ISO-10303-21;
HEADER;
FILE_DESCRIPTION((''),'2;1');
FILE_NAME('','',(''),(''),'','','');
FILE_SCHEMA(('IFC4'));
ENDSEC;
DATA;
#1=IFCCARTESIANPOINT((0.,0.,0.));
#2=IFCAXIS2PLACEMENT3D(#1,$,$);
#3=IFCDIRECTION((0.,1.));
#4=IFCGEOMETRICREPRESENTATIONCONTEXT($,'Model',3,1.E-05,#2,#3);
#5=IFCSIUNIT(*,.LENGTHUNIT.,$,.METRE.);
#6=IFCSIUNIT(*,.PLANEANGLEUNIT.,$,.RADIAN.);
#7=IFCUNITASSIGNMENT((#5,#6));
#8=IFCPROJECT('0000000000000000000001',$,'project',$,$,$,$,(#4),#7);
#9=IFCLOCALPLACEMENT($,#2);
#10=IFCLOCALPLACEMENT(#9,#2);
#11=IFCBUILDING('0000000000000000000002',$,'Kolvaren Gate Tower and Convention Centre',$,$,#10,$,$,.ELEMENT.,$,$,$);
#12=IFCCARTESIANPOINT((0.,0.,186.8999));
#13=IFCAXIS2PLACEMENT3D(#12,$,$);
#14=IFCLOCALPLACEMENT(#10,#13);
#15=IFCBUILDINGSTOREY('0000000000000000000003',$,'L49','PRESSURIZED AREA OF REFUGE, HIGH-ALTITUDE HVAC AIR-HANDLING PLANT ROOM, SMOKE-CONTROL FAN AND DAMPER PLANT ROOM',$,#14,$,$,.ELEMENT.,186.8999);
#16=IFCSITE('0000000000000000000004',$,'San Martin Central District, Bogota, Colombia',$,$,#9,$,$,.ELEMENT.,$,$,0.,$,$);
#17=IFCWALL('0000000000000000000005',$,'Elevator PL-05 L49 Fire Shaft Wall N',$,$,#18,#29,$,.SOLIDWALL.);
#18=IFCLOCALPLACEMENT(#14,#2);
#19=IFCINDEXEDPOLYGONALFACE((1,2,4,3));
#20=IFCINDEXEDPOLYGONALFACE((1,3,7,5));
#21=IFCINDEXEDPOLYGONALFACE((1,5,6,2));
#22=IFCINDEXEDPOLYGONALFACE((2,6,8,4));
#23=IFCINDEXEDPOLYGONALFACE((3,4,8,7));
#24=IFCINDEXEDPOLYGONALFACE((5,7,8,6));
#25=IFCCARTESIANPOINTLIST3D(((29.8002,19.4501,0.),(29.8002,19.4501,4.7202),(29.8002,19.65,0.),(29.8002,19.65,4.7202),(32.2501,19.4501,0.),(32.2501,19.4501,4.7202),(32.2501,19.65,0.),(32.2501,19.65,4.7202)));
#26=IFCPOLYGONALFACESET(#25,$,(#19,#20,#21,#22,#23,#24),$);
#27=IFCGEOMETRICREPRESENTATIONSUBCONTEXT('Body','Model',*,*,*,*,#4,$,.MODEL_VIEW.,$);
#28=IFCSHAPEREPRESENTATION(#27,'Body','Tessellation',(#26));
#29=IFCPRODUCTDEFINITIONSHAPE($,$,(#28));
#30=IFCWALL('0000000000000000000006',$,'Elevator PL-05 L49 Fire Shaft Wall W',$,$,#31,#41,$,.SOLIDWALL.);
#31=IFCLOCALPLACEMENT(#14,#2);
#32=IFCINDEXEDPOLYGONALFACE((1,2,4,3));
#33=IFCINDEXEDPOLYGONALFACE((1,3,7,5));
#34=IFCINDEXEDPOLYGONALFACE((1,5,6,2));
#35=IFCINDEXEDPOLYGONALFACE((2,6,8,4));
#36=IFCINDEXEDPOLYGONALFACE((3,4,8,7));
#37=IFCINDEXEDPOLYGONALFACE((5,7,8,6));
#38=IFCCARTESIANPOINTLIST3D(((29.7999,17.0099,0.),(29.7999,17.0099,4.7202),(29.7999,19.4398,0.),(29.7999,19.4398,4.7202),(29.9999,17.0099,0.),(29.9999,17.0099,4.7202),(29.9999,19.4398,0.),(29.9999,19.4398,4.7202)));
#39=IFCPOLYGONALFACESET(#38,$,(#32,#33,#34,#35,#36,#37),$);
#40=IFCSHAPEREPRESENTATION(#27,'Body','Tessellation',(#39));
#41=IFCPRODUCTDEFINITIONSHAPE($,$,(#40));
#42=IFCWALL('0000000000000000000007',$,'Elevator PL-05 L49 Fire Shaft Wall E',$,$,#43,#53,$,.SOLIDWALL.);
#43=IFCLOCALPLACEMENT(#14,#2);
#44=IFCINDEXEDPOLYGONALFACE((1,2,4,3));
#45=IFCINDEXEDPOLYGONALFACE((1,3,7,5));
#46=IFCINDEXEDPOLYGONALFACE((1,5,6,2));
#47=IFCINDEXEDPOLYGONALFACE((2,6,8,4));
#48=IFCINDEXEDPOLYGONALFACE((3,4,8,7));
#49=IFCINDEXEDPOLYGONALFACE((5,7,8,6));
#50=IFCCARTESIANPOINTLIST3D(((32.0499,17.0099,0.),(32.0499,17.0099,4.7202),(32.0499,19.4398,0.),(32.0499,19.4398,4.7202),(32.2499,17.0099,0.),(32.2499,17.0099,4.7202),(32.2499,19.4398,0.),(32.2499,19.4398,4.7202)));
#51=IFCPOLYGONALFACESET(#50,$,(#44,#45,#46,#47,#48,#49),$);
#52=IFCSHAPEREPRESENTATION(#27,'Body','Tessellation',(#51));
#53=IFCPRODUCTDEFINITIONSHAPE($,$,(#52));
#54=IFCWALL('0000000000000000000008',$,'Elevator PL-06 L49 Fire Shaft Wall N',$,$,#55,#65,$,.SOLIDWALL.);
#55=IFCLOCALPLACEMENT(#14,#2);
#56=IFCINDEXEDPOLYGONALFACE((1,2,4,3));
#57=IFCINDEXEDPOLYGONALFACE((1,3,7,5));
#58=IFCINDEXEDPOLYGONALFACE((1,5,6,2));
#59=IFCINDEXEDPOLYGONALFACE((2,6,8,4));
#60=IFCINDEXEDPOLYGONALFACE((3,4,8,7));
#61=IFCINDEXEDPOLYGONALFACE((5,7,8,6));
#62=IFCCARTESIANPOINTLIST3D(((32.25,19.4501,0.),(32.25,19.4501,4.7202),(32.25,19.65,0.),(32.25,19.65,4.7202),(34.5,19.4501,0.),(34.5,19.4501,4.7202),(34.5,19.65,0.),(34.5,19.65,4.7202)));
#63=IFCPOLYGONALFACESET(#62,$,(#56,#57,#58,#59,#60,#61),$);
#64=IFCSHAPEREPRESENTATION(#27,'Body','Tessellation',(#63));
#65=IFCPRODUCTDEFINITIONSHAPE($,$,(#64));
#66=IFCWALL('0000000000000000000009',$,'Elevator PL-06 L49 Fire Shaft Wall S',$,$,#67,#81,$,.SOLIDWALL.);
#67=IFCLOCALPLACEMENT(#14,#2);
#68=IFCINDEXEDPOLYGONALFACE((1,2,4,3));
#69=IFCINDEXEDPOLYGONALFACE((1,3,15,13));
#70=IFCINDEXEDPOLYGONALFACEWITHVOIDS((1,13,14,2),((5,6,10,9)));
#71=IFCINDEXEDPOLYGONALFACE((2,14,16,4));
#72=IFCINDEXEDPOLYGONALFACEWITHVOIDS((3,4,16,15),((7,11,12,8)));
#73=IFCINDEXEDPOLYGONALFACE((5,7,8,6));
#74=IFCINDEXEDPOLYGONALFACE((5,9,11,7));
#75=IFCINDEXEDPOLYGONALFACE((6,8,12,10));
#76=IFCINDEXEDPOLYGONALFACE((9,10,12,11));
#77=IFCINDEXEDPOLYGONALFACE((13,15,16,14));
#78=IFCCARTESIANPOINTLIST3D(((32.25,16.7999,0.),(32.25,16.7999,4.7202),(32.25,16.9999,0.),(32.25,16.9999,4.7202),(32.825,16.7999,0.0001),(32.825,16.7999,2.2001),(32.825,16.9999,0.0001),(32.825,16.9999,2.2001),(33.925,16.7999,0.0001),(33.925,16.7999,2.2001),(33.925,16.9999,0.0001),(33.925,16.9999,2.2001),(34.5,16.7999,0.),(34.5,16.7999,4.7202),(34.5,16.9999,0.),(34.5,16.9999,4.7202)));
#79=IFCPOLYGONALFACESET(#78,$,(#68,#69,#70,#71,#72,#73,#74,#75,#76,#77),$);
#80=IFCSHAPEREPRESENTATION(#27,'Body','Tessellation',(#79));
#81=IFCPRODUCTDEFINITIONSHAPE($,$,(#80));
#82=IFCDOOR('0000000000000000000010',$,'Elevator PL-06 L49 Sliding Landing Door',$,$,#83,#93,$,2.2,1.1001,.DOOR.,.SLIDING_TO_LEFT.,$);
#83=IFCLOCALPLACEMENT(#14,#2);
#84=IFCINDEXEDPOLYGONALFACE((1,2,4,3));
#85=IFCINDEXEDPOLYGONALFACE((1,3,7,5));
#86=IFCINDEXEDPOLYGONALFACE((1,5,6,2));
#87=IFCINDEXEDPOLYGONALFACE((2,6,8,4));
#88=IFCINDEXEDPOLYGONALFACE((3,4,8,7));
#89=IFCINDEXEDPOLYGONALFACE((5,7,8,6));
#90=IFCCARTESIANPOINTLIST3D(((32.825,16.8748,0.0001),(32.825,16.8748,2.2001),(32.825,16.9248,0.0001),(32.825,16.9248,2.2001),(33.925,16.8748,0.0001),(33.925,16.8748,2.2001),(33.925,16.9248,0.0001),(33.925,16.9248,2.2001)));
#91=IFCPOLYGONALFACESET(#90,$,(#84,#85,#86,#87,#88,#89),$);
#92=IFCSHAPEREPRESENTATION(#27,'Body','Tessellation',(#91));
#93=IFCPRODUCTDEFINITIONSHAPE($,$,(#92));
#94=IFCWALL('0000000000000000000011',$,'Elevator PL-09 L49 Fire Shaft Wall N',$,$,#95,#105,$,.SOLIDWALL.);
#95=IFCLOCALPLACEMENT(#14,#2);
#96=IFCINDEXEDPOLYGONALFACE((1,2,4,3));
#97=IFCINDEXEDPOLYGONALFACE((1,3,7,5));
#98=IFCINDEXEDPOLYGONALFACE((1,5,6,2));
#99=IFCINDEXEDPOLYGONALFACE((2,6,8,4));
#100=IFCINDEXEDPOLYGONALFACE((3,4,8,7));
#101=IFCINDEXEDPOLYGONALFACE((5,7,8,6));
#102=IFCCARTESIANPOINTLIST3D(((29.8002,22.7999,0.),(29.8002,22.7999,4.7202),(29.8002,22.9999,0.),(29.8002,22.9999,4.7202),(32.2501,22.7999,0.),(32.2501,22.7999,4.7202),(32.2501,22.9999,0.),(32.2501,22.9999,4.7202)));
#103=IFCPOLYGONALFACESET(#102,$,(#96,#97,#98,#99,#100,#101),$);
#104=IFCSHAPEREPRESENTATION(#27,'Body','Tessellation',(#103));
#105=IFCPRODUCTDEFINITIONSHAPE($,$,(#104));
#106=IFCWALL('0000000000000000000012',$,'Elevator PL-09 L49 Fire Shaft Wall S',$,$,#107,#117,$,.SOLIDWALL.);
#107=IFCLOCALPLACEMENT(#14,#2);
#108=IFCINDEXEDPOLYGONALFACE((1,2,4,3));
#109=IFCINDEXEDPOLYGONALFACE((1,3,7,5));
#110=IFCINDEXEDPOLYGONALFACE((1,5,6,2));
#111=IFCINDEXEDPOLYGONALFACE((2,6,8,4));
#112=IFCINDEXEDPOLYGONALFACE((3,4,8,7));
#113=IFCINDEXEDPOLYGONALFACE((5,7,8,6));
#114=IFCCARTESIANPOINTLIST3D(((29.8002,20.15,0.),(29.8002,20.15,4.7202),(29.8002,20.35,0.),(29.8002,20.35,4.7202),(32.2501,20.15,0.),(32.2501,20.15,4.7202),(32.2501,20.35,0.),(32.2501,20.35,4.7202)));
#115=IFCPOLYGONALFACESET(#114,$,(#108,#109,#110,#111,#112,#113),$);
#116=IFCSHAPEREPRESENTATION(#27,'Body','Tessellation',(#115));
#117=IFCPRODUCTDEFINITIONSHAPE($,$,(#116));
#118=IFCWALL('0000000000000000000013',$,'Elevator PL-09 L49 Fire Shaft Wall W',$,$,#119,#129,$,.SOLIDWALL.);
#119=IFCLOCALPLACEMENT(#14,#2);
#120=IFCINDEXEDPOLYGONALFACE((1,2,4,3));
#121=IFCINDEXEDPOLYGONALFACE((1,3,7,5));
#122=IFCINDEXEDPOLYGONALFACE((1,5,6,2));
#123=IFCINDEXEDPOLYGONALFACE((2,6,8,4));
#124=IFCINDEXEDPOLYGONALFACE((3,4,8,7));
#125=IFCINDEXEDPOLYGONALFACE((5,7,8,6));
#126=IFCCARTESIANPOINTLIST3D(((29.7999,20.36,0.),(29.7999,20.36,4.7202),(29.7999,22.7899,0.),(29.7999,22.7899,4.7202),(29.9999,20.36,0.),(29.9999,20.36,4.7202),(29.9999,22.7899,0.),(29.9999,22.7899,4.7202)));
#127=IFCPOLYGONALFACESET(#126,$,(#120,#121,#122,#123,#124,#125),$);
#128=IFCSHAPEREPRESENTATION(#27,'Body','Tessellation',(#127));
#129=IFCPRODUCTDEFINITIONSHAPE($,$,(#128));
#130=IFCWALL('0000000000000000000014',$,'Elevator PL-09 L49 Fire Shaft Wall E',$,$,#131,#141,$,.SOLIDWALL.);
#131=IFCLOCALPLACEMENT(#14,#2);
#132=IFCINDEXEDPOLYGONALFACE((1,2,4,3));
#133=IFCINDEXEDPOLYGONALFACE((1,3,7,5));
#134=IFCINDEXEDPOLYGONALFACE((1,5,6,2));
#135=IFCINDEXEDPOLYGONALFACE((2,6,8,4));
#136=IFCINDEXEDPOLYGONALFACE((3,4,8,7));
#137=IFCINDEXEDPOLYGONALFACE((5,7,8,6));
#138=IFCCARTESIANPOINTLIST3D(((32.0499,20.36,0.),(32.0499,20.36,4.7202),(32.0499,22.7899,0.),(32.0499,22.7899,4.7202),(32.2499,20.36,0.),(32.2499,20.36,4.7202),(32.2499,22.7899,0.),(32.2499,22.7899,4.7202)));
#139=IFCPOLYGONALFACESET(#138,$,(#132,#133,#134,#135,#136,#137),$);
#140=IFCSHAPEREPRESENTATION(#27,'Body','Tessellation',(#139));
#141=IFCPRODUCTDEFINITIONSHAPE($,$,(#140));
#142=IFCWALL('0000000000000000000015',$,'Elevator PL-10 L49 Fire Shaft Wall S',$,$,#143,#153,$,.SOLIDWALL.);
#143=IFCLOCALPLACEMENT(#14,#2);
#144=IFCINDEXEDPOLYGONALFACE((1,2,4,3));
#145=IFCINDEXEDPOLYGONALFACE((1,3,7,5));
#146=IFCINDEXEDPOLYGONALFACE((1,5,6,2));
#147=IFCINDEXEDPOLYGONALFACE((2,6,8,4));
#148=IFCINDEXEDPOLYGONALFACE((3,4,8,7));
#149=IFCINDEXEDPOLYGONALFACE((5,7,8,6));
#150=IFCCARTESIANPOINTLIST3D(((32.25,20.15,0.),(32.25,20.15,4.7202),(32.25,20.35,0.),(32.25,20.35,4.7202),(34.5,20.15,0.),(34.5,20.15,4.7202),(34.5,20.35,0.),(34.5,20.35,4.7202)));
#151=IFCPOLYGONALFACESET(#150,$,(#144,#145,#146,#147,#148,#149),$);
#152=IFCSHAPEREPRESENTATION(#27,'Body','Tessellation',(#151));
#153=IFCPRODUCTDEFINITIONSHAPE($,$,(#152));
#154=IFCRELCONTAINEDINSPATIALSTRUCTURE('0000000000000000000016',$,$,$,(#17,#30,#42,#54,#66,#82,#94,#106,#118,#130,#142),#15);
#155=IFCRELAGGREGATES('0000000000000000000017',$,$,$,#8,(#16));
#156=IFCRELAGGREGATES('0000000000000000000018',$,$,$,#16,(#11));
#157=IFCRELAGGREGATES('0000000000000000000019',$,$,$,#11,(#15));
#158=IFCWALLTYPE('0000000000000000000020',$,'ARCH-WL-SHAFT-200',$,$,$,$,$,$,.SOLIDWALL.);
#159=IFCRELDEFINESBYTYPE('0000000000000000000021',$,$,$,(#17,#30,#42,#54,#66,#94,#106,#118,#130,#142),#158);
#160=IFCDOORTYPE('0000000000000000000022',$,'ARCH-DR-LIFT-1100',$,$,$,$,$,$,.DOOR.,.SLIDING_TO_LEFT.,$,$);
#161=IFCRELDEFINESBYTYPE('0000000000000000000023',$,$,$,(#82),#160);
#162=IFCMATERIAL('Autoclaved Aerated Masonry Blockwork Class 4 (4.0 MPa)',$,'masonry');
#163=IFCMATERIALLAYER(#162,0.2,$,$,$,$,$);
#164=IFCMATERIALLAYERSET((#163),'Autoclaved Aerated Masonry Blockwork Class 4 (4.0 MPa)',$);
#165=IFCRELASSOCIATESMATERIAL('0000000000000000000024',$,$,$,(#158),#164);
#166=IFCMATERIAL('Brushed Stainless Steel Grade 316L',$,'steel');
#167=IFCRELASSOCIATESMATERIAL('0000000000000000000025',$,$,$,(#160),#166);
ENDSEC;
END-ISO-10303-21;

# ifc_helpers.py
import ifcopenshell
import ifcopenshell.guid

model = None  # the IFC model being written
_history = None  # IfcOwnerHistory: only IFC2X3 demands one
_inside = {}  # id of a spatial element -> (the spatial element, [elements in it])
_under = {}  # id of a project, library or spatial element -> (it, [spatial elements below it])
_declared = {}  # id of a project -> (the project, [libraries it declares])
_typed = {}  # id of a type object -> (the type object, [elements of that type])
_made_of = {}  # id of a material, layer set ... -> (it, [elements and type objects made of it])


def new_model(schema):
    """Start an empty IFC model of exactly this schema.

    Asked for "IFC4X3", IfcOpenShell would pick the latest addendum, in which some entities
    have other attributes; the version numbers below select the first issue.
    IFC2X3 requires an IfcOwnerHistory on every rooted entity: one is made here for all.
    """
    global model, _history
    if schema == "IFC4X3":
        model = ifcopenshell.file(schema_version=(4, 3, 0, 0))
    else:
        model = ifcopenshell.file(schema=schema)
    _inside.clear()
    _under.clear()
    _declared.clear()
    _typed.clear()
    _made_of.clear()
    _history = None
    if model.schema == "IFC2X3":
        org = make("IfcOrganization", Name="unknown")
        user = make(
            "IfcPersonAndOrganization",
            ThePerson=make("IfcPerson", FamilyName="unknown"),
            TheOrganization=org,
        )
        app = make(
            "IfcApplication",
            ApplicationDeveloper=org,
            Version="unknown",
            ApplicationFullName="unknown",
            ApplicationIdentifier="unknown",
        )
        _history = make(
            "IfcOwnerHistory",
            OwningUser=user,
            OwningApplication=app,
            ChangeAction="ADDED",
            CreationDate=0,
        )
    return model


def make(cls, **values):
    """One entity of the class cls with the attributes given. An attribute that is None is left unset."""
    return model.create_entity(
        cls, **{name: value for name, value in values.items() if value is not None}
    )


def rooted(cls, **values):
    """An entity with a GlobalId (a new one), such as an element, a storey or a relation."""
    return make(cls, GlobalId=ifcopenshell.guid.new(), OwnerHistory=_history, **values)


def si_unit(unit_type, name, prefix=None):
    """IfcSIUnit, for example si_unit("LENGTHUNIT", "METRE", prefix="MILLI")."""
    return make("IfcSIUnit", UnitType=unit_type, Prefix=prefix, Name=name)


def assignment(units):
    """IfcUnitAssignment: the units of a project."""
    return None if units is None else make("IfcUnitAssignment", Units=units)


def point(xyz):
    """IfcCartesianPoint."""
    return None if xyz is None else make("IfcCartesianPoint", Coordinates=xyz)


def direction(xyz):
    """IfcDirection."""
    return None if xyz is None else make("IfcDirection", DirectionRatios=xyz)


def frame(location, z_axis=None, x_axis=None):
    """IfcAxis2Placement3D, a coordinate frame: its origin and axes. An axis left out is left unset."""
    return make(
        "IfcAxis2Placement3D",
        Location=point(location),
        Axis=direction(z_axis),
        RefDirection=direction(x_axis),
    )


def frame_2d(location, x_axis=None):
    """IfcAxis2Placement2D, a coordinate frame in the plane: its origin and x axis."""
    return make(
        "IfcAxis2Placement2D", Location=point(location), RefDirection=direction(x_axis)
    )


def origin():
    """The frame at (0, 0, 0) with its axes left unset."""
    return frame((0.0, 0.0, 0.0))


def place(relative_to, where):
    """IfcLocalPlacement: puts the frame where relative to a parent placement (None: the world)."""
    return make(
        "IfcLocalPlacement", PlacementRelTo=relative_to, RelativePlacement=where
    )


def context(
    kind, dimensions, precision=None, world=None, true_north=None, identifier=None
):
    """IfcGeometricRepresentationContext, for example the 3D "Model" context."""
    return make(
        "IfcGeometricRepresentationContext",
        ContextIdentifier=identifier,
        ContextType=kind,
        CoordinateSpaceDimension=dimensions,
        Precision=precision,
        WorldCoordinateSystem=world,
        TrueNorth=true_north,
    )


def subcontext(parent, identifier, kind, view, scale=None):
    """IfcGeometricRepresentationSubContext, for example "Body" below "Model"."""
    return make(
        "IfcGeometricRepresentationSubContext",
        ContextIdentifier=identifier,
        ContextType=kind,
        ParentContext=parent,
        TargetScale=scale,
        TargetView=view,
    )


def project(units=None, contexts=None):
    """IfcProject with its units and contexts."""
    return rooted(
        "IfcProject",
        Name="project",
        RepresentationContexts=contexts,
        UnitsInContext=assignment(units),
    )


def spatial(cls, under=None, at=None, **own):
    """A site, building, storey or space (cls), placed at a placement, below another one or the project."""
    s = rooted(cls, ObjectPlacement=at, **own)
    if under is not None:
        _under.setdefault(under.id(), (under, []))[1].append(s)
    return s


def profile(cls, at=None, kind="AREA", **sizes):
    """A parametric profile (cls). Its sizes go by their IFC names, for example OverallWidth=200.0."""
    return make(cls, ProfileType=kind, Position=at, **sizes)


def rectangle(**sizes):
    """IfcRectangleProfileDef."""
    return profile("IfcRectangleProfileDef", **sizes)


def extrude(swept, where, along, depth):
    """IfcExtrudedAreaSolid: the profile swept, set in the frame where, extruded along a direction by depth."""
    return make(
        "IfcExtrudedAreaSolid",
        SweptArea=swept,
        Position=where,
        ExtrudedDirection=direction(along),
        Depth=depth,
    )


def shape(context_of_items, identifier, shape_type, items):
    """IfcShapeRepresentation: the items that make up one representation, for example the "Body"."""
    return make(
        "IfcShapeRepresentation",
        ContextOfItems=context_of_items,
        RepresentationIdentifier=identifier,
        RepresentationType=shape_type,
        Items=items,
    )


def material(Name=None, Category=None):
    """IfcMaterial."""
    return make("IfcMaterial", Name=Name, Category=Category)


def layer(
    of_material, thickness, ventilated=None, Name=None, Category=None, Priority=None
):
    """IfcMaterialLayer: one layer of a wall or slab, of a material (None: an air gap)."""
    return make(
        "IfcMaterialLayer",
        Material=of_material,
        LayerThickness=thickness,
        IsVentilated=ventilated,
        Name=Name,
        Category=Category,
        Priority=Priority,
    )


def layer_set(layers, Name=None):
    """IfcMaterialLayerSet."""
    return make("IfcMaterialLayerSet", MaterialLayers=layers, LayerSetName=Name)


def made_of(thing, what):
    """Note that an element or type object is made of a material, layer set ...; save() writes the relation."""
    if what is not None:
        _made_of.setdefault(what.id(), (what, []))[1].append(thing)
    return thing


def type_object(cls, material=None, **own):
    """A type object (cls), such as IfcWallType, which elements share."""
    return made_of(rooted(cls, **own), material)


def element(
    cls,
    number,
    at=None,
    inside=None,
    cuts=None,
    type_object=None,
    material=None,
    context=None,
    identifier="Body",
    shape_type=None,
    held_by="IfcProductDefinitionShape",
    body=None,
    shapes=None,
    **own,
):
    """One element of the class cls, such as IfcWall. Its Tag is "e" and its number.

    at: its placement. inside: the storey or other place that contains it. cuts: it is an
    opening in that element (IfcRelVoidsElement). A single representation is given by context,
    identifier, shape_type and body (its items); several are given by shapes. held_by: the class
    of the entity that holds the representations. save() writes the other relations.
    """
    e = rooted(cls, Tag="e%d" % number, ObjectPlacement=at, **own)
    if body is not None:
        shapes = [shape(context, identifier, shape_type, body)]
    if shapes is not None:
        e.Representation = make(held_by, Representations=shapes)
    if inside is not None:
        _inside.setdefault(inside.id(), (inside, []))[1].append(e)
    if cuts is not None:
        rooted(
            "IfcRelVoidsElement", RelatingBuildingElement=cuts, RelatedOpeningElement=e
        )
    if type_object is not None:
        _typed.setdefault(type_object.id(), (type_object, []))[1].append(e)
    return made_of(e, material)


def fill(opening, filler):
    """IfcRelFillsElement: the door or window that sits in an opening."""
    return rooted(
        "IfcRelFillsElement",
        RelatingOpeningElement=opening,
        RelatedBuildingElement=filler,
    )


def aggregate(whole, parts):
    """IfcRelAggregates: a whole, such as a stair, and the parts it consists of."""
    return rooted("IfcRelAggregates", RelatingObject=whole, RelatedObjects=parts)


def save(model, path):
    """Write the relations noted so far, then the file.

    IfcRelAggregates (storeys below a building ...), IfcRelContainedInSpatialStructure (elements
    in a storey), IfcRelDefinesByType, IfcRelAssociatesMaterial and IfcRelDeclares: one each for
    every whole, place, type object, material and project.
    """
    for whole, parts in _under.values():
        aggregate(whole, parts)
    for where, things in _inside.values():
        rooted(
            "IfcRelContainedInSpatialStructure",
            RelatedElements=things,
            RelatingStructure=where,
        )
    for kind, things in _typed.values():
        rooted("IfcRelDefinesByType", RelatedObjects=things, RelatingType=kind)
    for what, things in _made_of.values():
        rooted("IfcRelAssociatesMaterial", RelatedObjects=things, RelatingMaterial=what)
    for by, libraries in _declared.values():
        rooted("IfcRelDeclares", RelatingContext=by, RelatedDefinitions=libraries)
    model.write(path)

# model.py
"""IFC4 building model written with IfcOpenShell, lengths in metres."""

from ifc_helpers import new_model, si_unit, direction, frame, frame_2d, origin, place, context, subcontext, project, spatial, rectangle, extrude, material, layer, layer_set, type_object, element, fill, save


model = new_model("IFC4")

# Units and contexts
model_context = context("Model", 3, precision=1e-05, world=origin(), true_north=direction((0.0, 1.0)))
body_context = subcontext(model_context, "Body", "Model", "MODEL_VIEW")
ifc_project = project(units=[si_unit("LENGTHUNIT", "METRE"), si_unit("PLANEANGLEUNIT", "RADIAN")], contexts=[model_context])

# Site, building, storey
site_placement = place(None, origin())
site = spatial("IfcSite", under=ifc_project, at=site_placement, Name="San Martin Central District, Bogota, Colombia", CompositionType="ELEMENT", RefElevation=0.0)
building_placement = place(site_placement, origin())
building = spatial("IfcBuilding", under=site, at=building_placement, Name="Kolvaren Gate Tower and Convention Centre", CompositionType="ELEMENT")
storey_placement = place(building_placement, frame((0.0, 0.0, 186.8999)))
storey = spatial("IfcBuildingStorey", under=building, at=storey_placement, Name="L49", Description="PRESSURIZED AREA OF REFUGE, HIGH-ALTITUDE HVAC AIR-HANDLING PLANT ROOM, SMOKE-CONTROL FAN AND DAMPER PLANT ROOM", CompositionType="ELEMENT", Elevation=186.8999)

# Walls
ifc_material_1 = material(Name="Autoclaved Aerated Masonry Blockwork Class 4 (4.0 MPa)", Category="masonry")
ifc_layer = layer(ifc_material_1, 0.2)
ifc_layer_set = layer_set([ifc_layer], Name="Autoclaved Aerated Masonry Blockwork Class 4 (4.0 MPa)")
wall_type = type_object("IfcWallType", Name="ARCH-WL-SHAFT-200", PredefinedType="SOLIDWALL", material=ifc_layer_set)
wall_1_placement = place(storey_placement, frame((29.8, 19.55, 0.0), z_axis=(0.0, 0.0, 1.0), x_axis=(1.0, 0.0, 0.0)))
element("IfcWall", 1, at=wall_1_placement, inside=storey, type_object=wall_type, Name="Elevator PL-05 L49 Fire Shaft Wall N", PredefinedType="SOLIDWALL", context=body_context, shape_type="SweptSolid", body=[
    extrude(rectangle(XDim=2.45, YDim=0.2, at=frame_2d((1.2251, 0.0))), origin(), (0.0, 0.0, 1.0), 4.7202),
])
for number, where, z_axis, x_axis, name in (
    (2, (29.8999, 17.01, 0.0), (0.0, 0.0, 1.0), (0.0, 1.0, 0.0), "Elevator PL-05 L49 Fire Shaft Wall W"),
    (3, (32.1499, 17.01, 0.0), (0.0, 0.0, 1.0), (0.0, 1.0, 0.0), "Elevator PL-05 L49 Fire Shaft Wall E"),
):
    element("IfcWall", number, at=place(storey_placement, frame(where, z_axis=z_axis, x_axis=x_axis)), inside=storey, type_object=wall_type, Name=name, PredefinedType="SOLIDWALL", context=body_context, shape_type="SweptSolid", body=[
        extrude(rectangle(XDim=2.4299, YDim=0.2, at=frame_2d((1.2148, 0.0))), origin(), (0.0, 0.0, 1.0), 4.7202),
    ])
wall_2_placement = place(storey_placement, frame((32.25, 19.55, 0.0), z_axis=(0.0, 0.0, 1.0), x_axis=(1.0, 0.0, 0.0)))
element("IfcWall", 4, at=wall_2_placement, inside=storey, type_object=wall_type, Name="Elevator PL-06 L49 Fire Shaft Wall N", PredefinedType="SOLIDWALL", context=body_context, shape_type="SweptSolid", body=[
    extrude(rectangle(XDim=2.25, YDim=0.2, at=frame_2d((1.125, 0.0))), origin(), (0.0, 0.0, 1.0), 4.7202),
])

# Wall, opening, door
wall_3_placement = place(storey_placement, frame((32.25, 16.8999, 0.0), z_axis=(0.0, 0.0, 1.0), x_axis=(1.0, 0.0, 0.0)))
wall_3 = element("IfcWall", 5, at=wall_3_placement, inside=storey, type_object=wall_type, Name="Elevator PL-06 L49 Fire Shaft Wall S", PredefinedType="SOLIDWALL", context=body_context, shape_type="SweptSolid", body=[
    extrude(rectangle(XDim=2.25, YDim=0.2, at=frame_2d((1.125, 0.0))), origin(), (0.0, 0.0, 1.0), 4.7202),
])
opening_1_placement = place(wall_3_placement, frame((0.575, 0.0, 0.0)))
opening_1 = element("IfcOpeningElement", 6, at=opening_1_placement, cuts=wall_3, PredefinedType="OPENING", context=body_context, shape_type="SweptSolid", body=[
    extrude(rectangle(XDim=1.1001, YDim=2.2, at=frame_2d((0.55, 1.1001))), frame((0.0, 0.1099, 0.0), z_axis=(0.0, -1.0, 0.0), x_axis=(1.0, 0.0, 0.0)), (0.0, 0.0, 1.0), 0.22),
])
ifc_material_2 = material(Name="Brushed Stainless Steel Grade 316L", Category="steel")
door_type_1 = type_object("IfcDoorType", Name="ARCH-DR-LIFT-1100", OperationType="SLIDING_TO_LEFT", PredefinedType="DOOR", material=ifc_material_2)
door_1_placement = place(opening_1_placement, origin())
door_1 = element("IfcDoor", 7, at=door_1_placement, inside=storey, type_object=door_type_1, Name="Elevator PL-06 L49 Sliding Landing Door", OperationType="SLIDING_TO_LEFT", OverallHeight=2.2, OverallWidth=1.1001, PredefinedType="DOOR", context=body_context, shape_type="SweptSolid", body=[
    extrude(rectangle(XDim=1.1001, YDim=2.2, at=frame_2d((0.55, 1.1001))), frame((0.0, 0.0249, 0.0), z_axis=(0.0, -1.0, 0.0), x_axis=(1.0, 0.0, 0.0)), (0.0, 0.0, 1.0), 0.05),
])
fill(opening_1, door_1)

# Walls
for number, where, z_axis, x_axis, name in (
    (8, (29.8, 22.8999, 0.0), (0.0, 0.0, 1.0), (1.0, 0.0, 0.0), "Elevator PL-09 L49 Fire Shaft Wall N"),
    (9, (29.8, 20.25, 0.0), (0.0, 0.0, 1.0), (1.0, 0.0, 0.0), "Elevator PL-09 L49 Fire Shaft Wall S"),
):
    element("IfcWall", number, at=place(storey_placement, frame(where, z_axis=z_axis, x_axis=x_axis)), inside=storey, type_object=wall_type, Name=name, PredefinedType="SOLIDWALL", context=body_context, shape_type="SweptSolid", body=[
        extrude(rectangle(XDim=2.45, YDim=0.2, at=frame_2d((1.2251, 0.0))), origin(), (0.0, 0.0, 1.0), 4.7202),
    ])
for number, where, z_axis, x_axis, name in (
    (10, (29.8999, 20.3601, 0.0), (0.0, 0.0, 1.0), (0.0, 1.0, 0.0), "Elevator PL-09 L49 Fire Shaft Wall W"),
    (11, (32.1499, 20.3601, 0.0), (0.0, 0.0, 1.0), (0.0, 1.0, 0.0), "Elevator PL-09 L49 Fire Shaft Wall E"),
):
    element("IfcWall", number, at=place(storey_placement, frame(where, z_axis=z_axis, x_axis=x_axis)), inside=storey, type_object=wall_type, Name=name, PredefinedType="SOLIDWALL", context=body_context, shape_type="SweptSolid", body=[
        extrude(rectangle(XDim=2.4299, YDim=0.2, at=frame_2d((1.2148, 0.0))), origin(), (0.0, 0.0, 1.0), 4.7202),
    ])
wall_4_placement = place(storey_placement, frame((32.25, 20.25, 0.0), z_axis=(0.0, 0.0, 1.0), x_axis=(1.0, 0.0, 0.0)))
element("IfcWall", 12, at=wall_4_placement, inside=storey, type_object=wall_type, Name="Elevator PL-10 L49 Fire Shaft Wall S", PredefinedType="SOLIDWALL", context=body_context, shape_type="SweptSolid", body=[
    extrude(rectangle(XDim=2.25, YDim=0.2, at=frame_2d((1.125, 0.0))), origin(), (0.0, 0.0, 1.0), 4.7202),
])

save(model, "model.ifc")
